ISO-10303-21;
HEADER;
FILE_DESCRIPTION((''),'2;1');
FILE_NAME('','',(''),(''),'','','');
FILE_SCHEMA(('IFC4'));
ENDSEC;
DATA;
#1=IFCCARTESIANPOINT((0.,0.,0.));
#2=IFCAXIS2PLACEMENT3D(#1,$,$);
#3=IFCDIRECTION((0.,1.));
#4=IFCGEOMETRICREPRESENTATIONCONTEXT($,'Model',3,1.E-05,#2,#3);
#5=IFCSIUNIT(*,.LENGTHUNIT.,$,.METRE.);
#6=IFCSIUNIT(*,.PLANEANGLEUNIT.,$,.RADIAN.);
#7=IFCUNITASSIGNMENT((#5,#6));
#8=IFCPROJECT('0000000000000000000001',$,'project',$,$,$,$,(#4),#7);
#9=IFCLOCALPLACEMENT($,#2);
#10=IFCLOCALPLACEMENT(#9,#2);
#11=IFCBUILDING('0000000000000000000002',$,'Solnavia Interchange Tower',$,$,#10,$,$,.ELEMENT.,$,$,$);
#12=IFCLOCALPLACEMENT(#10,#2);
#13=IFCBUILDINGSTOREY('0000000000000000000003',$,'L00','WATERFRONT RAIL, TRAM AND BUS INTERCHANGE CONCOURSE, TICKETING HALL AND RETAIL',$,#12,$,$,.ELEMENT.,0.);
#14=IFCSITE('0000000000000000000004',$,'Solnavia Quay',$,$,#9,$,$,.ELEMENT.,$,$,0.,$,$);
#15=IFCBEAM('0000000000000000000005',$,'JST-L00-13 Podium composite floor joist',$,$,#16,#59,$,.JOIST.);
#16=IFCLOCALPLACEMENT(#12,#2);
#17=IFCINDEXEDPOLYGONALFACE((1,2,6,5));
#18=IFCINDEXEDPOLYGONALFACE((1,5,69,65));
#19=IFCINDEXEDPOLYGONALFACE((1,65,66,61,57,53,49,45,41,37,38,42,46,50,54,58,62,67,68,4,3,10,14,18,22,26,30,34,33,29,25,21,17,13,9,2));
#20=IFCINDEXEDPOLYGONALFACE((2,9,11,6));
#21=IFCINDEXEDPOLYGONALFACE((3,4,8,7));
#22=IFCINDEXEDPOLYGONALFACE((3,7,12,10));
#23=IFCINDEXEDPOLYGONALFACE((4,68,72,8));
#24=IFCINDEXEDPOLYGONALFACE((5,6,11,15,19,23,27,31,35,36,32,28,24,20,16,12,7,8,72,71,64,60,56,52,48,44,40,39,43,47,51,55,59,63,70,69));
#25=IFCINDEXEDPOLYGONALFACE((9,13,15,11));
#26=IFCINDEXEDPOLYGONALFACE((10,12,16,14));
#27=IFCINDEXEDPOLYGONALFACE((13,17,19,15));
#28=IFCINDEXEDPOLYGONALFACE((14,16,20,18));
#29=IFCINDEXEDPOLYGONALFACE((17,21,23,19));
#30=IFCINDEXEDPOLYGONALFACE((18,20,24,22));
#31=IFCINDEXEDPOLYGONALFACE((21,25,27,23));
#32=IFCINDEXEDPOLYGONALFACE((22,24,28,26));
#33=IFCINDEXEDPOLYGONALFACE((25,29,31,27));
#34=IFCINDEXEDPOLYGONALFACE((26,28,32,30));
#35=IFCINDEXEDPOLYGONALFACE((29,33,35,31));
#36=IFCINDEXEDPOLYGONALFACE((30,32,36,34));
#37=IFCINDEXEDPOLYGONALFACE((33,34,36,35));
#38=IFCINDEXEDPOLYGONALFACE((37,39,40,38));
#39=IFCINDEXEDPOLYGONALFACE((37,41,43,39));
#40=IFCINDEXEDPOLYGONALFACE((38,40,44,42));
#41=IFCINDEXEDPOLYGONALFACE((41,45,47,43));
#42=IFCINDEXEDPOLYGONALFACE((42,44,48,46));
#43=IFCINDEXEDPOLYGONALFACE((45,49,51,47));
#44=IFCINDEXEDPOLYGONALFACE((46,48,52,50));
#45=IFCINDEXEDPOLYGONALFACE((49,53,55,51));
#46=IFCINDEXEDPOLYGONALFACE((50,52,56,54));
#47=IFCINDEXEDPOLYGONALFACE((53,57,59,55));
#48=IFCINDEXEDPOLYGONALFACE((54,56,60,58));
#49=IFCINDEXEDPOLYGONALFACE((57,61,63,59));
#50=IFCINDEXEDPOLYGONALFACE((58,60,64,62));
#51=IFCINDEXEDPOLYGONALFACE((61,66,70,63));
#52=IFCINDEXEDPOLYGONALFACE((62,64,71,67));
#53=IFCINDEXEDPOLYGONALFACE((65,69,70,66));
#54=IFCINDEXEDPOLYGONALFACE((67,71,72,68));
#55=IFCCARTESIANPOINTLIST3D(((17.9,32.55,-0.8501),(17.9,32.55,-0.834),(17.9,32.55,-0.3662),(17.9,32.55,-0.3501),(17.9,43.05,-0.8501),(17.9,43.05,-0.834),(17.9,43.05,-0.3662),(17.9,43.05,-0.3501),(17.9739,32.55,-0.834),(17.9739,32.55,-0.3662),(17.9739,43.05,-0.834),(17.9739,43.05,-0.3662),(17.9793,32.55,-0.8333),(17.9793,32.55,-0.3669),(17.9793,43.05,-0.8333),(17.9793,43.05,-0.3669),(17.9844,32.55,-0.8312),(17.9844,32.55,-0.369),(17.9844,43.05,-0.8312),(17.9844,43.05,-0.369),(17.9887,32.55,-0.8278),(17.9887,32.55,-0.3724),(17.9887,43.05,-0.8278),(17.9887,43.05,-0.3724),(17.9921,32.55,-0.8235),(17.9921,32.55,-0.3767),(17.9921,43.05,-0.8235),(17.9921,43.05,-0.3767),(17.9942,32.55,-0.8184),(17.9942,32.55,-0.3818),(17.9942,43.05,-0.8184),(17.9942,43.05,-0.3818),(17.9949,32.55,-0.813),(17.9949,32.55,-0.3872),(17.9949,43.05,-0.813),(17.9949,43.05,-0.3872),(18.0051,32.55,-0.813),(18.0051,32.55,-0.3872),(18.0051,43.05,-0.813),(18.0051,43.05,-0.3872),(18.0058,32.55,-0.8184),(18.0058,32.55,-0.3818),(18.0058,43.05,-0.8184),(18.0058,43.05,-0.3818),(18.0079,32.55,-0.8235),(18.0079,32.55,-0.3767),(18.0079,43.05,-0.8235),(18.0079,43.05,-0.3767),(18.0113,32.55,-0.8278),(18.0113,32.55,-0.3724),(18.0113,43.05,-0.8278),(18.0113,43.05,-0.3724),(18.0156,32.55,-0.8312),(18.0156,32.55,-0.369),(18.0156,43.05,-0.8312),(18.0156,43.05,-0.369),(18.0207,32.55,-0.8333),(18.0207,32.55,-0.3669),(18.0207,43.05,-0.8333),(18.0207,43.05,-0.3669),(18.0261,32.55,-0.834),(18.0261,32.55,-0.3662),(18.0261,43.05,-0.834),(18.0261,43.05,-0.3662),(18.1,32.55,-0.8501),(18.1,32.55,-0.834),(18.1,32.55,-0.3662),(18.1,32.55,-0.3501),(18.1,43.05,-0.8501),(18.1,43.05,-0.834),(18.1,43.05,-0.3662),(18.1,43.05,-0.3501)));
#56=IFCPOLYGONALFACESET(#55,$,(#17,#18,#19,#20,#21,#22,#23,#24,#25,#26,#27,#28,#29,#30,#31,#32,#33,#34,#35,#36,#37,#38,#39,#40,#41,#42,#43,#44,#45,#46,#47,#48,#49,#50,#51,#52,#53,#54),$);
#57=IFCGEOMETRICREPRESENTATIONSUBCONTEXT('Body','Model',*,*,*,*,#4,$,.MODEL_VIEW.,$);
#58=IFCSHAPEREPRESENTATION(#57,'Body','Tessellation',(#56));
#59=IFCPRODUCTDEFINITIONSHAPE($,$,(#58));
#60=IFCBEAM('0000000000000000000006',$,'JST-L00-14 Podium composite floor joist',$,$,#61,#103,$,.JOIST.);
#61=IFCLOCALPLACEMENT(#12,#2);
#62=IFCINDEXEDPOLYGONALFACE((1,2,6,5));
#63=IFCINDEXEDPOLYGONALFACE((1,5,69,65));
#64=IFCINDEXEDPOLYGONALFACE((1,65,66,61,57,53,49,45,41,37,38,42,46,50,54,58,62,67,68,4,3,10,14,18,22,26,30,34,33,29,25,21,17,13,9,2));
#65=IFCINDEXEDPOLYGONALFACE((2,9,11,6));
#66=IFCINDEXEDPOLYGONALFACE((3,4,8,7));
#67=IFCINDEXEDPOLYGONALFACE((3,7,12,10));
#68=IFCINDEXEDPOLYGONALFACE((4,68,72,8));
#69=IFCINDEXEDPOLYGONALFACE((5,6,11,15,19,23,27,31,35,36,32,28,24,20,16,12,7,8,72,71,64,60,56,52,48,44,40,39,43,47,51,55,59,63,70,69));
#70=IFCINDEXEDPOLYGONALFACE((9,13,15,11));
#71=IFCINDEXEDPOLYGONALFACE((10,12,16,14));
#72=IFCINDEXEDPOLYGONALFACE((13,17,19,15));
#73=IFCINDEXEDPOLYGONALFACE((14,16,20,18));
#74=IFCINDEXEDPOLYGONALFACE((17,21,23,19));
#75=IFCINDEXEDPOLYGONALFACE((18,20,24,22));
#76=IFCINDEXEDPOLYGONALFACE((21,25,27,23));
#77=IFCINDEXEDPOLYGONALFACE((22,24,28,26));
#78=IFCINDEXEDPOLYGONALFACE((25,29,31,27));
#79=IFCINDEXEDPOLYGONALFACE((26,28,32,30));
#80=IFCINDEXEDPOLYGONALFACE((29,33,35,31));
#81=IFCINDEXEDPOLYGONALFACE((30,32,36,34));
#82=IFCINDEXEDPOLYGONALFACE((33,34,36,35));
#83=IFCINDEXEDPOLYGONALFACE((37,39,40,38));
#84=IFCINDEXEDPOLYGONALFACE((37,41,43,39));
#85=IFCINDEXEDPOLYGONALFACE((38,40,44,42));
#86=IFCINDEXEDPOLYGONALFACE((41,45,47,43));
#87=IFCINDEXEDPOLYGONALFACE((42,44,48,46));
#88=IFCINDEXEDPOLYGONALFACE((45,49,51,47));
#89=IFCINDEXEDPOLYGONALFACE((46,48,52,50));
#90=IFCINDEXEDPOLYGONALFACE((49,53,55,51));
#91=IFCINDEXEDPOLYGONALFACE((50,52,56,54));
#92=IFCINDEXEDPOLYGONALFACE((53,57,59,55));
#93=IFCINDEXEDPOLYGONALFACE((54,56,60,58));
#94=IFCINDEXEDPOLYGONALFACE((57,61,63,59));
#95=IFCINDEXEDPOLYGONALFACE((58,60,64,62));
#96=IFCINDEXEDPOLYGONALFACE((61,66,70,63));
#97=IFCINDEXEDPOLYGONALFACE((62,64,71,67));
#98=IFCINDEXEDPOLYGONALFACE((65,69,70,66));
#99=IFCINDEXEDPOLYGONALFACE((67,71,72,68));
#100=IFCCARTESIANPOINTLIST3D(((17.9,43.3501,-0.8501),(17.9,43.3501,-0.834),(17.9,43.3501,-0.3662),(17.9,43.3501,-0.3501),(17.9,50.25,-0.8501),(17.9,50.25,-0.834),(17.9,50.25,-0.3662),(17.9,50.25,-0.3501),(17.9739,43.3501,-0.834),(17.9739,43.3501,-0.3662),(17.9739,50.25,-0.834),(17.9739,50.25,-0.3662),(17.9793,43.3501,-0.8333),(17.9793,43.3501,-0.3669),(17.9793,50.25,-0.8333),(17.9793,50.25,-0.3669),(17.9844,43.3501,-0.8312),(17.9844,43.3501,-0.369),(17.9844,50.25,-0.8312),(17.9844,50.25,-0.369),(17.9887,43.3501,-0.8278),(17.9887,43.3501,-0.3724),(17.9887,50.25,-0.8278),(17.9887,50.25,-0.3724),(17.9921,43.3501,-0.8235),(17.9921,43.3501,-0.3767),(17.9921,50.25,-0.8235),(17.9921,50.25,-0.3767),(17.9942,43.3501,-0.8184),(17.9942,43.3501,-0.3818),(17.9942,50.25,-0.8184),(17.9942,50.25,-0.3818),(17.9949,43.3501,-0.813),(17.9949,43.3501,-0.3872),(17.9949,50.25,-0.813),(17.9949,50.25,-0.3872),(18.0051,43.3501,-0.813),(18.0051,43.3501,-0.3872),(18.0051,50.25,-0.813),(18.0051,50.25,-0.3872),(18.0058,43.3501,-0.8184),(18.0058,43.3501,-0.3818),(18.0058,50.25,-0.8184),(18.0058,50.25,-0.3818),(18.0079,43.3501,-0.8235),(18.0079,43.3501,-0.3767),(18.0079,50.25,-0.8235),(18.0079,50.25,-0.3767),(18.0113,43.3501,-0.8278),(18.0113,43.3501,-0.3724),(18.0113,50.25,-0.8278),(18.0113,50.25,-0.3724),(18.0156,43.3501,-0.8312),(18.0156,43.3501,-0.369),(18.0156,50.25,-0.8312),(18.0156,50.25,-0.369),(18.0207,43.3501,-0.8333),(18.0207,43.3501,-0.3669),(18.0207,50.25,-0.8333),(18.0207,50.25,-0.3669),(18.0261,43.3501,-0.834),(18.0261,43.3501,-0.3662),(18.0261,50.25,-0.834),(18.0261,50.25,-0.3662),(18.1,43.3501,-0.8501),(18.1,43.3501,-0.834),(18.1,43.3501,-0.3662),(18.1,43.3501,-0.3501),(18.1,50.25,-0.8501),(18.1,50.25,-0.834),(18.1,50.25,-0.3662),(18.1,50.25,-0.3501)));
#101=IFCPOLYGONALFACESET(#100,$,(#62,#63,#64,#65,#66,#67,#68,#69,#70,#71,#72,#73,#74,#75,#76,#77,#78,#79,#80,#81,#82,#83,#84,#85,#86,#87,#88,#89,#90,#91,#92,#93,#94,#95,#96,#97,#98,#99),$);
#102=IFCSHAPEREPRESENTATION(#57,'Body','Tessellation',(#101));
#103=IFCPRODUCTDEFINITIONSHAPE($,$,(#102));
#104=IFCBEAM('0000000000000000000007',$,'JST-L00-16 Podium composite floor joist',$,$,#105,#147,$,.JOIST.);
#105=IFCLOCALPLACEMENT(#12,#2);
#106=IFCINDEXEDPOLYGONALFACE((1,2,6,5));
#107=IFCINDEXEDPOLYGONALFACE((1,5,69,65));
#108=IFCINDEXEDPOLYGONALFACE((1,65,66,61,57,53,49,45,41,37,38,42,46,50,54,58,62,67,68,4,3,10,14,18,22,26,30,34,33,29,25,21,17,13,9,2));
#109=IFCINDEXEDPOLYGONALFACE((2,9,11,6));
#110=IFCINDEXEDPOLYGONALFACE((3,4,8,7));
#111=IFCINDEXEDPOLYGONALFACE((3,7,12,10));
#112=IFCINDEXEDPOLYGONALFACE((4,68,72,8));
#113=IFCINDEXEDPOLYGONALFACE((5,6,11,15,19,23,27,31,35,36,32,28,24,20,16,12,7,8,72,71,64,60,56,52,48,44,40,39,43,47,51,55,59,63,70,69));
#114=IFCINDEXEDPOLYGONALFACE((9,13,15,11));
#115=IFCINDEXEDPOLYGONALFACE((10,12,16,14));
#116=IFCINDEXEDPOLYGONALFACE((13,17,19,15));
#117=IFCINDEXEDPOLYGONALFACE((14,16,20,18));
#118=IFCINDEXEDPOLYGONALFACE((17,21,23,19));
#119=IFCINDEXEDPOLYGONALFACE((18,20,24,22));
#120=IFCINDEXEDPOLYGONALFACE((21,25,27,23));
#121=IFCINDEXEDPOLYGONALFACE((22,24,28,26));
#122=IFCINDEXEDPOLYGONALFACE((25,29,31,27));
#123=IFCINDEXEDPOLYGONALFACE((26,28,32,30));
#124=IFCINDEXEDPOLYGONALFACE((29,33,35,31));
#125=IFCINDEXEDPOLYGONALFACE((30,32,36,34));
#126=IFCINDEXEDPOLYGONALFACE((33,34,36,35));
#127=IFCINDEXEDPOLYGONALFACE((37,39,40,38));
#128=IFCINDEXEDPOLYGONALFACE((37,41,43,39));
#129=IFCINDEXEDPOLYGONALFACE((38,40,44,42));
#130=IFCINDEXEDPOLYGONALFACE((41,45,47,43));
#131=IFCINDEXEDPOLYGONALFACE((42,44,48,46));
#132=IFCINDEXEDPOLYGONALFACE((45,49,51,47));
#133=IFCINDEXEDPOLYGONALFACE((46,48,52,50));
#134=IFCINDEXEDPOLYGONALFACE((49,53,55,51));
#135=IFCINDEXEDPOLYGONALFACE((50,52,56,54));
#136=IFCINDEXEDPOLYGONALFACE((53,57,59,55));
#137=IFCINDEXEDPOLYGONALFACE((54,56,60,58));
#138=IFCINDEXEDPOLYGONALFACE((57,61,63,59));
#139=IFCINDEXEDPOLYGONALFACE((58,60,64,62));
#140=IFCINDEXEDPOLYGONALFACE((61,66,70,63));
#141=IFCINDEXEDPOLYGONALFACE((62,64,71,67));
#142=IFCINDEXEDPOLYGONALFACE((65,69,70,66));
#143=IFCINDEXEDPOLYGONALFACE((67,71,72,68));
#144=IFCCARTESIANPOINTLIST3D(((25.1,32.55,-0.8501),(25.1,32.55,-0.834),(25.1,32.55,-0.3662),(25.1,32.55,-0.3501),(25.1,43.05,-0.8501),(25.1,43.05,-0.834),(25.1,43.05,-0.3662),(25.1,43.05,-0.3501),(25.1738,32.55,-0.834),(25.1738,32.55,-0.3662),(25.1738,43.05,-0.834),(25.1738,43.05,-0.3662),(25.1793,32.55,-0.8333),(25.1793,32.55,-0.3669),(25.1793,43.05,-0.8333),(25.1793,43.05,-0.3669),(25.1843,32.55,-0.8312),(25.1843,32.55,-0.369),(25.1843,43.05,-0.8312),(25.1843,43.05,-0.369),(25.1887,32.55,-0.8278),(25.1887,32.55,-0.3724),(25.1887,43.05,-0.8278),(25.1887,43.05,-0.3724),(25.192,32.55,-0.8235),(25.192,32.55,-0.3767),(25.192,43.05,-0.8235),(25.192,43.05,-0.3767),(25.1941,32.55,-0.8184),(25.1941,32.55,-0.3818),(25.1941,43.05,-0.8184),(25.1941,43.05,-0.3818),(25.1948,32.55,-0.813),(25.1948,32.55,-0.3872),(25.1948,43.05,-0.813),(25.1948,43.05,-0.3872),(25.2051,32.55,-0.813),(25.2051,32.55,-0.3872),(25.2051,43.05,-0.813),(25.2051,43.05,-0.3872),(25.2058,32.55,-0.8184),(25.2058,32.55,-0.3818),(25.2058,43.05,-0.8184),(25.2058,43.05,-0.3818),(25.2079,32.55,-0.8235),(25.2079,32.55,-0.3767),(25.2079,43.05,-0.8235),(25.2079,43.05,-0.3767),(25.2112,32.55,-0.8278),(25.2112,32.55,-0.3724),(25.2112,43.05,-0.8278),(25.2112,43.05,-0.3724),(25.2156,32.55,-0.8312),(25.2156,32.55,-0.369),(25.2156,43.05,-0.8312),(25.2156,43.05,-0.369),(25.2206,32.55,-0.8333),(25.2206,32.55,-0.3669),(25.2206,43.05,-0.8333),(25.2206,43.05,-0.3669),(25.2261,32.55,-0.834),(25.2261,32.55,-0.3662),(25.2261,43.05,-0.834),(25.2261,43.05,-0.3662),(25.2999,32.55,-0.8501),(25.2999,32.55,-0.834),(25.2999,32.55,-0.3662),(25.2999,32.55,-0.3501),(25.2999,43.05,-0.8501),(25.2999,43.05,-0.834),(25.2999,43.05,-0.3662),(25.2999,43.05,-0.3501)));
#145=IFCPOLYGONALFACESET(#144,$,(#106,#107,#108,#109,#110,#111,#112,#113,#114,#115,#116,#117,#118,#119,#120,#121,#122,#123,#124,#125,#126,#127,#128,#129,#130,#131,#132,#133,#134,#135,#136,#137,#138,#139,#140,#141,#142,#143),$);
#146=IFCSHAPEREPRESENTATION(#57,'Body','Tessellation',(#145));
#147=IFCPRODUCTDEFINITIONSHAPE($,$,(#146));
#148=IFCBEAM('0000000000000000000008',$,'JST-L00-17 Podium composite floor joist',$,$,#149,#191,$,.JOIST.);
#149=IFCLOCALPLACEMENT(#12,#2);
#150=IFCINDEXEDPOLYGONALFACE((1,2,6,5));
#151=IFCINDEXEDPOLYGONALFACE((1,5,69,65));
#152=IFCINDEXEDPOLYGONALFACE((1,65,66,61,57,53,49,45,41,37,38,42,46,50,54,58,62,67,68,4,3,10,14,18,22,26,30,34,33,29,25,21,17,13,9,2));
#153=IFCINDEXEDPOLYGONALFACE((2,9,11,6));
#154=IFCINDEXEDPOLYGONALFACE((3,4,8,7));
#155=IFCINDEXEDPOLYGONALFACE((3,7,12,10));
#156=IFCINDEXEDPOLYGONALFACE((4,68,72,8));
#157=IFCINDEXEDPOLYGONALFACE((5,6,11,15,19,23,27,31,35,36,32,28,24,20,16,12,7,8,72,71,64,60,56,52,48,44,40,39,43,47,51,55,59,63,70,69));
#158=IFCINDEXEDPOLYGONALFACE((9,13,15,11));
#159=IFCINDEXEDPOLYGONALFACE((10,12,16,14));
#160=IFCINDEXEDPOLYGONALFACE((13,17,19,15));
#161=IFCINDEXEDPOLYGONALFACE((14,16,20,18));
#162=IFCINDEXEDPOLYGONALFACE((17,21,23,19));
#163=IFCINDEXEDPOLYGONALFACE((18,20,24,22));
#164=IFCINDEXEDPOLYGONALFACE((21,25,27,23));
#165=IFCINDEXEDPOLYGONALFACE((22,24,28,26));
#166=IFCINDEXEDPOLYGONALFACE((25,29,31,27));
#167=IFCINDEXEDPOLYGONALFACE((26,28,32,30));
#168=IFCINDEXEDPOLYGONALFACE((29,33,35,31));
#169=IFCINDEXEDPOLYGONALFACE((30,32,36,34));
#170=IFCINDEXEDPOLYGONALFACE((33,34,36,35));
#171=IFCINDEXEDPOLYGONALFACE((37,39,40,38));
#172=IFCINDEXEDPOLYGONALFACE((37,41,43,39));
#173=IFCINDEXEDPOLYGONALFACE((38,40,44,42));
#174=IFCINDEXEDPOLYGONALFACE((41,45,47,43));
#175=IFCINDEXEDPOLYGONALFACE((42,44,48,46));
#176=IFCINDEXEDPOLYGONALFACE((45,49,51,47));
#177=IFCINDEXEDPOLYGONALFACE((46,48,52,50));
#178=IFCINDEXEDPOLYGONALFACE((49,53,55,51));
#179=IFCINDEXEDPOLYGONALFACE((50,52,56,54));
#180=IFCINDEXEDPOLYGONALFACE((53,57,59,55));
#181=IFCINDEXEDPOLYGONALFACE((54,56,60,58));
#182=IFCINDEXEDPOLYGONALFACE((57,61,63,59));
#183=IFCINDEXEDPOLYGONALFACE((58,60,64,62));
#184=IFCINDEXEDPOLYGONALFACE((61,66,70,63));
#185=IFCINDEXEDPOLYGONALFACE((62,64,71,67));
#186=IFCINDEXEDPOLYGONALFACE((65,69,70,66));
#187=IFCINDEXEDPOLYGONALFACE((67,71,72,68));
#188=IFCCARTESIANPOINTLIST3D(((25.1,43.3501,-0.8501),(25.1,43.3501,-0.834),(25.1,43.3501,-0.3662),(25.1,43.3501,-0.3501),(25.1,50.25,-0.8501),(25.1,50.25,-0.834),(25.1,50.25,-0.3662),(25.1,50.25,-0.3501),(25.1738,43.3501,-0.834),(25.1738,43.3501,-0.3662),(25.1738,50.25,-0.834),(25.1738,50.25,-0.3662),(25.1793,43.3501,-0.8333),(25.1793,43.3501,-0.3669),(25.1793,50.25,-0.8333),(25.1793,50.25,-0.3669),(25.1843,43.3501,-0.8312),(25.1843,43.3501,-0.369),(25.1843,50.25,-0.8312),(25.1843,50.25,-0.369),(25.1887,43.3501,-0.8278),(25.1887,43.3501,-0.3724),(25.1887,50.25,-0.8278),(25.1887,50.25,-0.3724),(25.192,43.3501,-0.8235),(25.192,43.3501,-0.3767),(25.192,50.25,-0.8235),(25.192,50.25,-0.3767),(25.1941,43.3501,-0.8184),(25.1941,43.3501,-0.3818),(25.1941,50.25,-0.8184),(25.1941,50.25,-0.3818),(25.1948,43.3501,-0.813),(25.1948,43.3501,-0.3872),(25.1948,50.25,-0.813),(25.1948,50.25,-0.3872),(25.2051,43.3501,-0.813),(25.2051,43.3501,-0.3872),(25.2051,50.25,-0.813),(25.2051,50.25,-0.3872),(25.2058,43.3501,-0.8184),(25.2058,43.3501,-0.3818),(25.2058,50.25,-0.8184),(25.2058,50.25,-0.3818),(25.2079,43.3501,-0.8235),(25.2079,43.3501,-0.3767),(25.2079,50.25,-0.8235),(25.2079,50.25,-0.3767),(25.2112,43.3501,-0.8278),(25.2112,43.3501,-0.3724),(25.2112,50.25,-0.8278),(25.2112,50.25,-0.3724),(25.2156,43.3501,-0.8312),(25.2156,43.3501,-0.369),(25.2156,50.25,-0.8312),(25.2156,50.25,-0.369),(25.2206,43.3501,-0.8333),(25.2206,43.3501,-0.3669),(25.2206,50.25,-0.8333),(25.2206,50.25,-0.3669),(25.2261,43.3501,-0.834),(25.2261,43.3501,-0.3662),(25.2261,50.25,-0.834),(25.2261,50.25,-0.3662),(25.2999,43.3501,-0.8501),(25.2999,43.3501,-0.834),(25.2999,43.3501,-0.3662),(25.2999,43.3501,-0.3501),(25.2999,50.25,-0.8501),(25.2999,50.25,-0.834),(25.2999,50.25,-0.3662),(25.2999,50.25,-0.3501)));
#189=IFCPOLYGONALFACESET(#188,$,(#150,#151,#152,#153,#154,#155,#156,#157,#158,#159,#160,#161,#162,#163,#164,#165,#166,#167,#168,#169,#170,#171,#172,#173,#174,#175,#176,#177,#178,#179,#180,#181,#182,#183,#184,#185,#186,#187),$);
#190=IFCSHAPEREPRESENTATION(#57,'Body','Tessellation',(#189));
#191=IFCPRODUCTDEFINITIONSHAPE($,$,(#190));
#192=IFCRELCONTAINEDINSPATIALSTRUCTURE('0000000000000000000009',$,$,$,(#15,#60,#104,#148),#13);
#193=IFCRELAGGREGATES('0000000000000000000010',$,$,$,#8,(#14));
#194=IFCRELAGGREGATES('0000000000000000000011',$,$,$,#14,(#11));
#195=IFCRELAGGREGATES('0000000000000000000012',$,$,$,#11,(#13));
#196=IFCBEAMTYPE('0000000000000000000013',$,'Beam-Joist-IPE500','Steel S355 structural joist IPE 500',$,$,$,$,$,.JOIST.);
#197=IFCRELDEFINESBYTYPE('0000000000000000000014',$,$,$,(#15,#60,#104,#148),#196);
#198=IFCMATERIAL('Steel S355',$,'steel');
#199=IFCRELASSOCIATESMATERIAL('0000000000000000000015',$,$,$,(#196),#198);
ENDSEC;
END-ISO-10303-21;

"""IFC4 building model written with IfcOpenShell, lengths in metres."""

from ifc_helpers import new_model, si_unit, direction, frame, origin, origin_2d, place, context, subcontext, project, spatial, i_section, extrude, material, material_profile, profile_set, type_object, element, save


model = new_model("IFC4")

# Units and contexts
model_context = context("Model", 3, precision=1e-05, world=origin(), true_north=direction((0.0, 1.0)))
body_context = subcontext(model_context, "Body", "Model", "MODEL_VIEW")
ifc_project = project(units=[si_unit("LENGTHUNIT", "METRE"), si_unit("PLANEANGLEUNIT", "RADIAN")], contexts=[model_context])

# Site, building, storey
site_placement = place(None, origin())
site = spatial("IfcSite", under=ifc_project, at=site_placement, Name="Solnavia Quay", CompositionType="ELEMENT", RefElevation=0.0)
building_placement = place(site_placement, origin())
building = spatial("IfcBuilding", under=site, at=building_placement, Name="Solnavia Interchange Tower", CompositionType="ELEMENT")
storey_placement = place(building_placement, origin())
storey = spatial("IfcBuildingStorey", under=building, at=storey_placement, Name="L00", Description="WATERFRONT RAIL, TRAM AND BUS INTERCHANGE CONCOURSE, TICKETING HALL AND RETAIL", CompositionType="ELEMENT", Elevation=0.0)

# Beams
ifc_material_1 = material(Name="Steel S355", Category="steel")
ifc_material_profile_1 = material_profile(ifc_material_1, i_section(OverallWidth=0.2, OverallDepth=0.5, WebThickness=0.0103, FlangeThickness=0.0161, FilletRadius=0.021, at=origin_2d()), Name="IPE 500")
ifc_profile_set_1 = profile_set([ifc_material_profile_1], Name="Steel S355")
beam_type_1 = type_object("IfcBeamType", Name="Beam-Joist-IPE500", Description="Steel S355 structural joist IPE 500", PredefinedType="JOIST", material=ifc_profile_set_1)
beam_1_placement = place(storey_placement, frame((18.0, 32.55, -0.6001), z_axis=(0.0, 1.0, 0.0), x_axis=(-1.0, 0.0, 0.0)))
element("IfcBeam", 1, at=beam_1_placement, inside=storey, type_object=beam_type_1, Name="JST-L00-13 Podium composite floor joist", PredefinedType="JOIST", context=body_context, shape_type="SweptSolid", body=[
    extrude(i_section(OverallWidth=0.2, OverallDepth=0.5, WebThickness=0.0103, FlangeThickness=0.0161, FilletRadius=0.021, at=origin_2d()), origin(), (0.0, 0.0, 1.0), 10.5),
])
beam_2_placement = place(storey_placement, frame((18.0, 43.3501, -0.6001), z_axis=(0.0, 1.0, 0.0), x_axis=(-1.0, 0.0, 0.0)))
element("IfcBeam", 2, at=beam_2_placement, inside=storey, type_object=beam_type_1, Name="JST-L00-14 Podium composite floor joist", PredefinedType="JOIST", context=body_context, shape_type="SweptSolid", body=[
    extrude(i_section(OverallWidth=0.2, OverallDepth=0.5, WebThickness=0.0103, FlangeThickness=0.0161, FilletRadius=0.021, at=origin_2d()), origin(), (0.0, 0.0, 1.0), 6.8999),
])
beam_3_placement = place(storey_placement, frame((25.2, 32.55, -0.6001), z_axis=(0.0, 1.0, 0.0), x_axis=(-1.0, 0.0, 0.0)))
element("IfcBeam", 3, at=beam_3_placement, inside=storey, type_object=beam_type_1, Name="JST-L00-16 Podium composite floor joist", PredefinedType="JOIST", context=body_context, shape_type="SweptSolid", body=[
    extrude(i_section(OverallWidth=0.2, OverallDepth=0.5, WebThickness=0.0103, FlangeThickness=0.0161, FilletRadius=0.021, at=origin_2d()), origin(), (0.0, 0.0, 1.0), 10.5),
])
beam_4_placement = place(storey_placement, frame((25.2, 43.3501, -0.6001), z_axis=(0.0, 1.0, 0.0), x_axis=(-1.0, 0.0, 0.0)))
element("IfcBeam", 4, at=beam_4_placement, inside=storey, type_object=beam_type_1, Name="JST-L00-17 Podium composite floor joist", PredefinedType="JOIST", context=body_context, shape_type="SweptSolid", body=[
    extrude(i_section(OverallWidth=0.2, OverallDepth=0.5, WebThickness=0.0103, FlangeThickness=0.0161, FilletRadius=0.021, at=origin_2d()), origin(), (0.0, 0.0, 1.0), 6.8999),
])

save(model, "model.ifc")
